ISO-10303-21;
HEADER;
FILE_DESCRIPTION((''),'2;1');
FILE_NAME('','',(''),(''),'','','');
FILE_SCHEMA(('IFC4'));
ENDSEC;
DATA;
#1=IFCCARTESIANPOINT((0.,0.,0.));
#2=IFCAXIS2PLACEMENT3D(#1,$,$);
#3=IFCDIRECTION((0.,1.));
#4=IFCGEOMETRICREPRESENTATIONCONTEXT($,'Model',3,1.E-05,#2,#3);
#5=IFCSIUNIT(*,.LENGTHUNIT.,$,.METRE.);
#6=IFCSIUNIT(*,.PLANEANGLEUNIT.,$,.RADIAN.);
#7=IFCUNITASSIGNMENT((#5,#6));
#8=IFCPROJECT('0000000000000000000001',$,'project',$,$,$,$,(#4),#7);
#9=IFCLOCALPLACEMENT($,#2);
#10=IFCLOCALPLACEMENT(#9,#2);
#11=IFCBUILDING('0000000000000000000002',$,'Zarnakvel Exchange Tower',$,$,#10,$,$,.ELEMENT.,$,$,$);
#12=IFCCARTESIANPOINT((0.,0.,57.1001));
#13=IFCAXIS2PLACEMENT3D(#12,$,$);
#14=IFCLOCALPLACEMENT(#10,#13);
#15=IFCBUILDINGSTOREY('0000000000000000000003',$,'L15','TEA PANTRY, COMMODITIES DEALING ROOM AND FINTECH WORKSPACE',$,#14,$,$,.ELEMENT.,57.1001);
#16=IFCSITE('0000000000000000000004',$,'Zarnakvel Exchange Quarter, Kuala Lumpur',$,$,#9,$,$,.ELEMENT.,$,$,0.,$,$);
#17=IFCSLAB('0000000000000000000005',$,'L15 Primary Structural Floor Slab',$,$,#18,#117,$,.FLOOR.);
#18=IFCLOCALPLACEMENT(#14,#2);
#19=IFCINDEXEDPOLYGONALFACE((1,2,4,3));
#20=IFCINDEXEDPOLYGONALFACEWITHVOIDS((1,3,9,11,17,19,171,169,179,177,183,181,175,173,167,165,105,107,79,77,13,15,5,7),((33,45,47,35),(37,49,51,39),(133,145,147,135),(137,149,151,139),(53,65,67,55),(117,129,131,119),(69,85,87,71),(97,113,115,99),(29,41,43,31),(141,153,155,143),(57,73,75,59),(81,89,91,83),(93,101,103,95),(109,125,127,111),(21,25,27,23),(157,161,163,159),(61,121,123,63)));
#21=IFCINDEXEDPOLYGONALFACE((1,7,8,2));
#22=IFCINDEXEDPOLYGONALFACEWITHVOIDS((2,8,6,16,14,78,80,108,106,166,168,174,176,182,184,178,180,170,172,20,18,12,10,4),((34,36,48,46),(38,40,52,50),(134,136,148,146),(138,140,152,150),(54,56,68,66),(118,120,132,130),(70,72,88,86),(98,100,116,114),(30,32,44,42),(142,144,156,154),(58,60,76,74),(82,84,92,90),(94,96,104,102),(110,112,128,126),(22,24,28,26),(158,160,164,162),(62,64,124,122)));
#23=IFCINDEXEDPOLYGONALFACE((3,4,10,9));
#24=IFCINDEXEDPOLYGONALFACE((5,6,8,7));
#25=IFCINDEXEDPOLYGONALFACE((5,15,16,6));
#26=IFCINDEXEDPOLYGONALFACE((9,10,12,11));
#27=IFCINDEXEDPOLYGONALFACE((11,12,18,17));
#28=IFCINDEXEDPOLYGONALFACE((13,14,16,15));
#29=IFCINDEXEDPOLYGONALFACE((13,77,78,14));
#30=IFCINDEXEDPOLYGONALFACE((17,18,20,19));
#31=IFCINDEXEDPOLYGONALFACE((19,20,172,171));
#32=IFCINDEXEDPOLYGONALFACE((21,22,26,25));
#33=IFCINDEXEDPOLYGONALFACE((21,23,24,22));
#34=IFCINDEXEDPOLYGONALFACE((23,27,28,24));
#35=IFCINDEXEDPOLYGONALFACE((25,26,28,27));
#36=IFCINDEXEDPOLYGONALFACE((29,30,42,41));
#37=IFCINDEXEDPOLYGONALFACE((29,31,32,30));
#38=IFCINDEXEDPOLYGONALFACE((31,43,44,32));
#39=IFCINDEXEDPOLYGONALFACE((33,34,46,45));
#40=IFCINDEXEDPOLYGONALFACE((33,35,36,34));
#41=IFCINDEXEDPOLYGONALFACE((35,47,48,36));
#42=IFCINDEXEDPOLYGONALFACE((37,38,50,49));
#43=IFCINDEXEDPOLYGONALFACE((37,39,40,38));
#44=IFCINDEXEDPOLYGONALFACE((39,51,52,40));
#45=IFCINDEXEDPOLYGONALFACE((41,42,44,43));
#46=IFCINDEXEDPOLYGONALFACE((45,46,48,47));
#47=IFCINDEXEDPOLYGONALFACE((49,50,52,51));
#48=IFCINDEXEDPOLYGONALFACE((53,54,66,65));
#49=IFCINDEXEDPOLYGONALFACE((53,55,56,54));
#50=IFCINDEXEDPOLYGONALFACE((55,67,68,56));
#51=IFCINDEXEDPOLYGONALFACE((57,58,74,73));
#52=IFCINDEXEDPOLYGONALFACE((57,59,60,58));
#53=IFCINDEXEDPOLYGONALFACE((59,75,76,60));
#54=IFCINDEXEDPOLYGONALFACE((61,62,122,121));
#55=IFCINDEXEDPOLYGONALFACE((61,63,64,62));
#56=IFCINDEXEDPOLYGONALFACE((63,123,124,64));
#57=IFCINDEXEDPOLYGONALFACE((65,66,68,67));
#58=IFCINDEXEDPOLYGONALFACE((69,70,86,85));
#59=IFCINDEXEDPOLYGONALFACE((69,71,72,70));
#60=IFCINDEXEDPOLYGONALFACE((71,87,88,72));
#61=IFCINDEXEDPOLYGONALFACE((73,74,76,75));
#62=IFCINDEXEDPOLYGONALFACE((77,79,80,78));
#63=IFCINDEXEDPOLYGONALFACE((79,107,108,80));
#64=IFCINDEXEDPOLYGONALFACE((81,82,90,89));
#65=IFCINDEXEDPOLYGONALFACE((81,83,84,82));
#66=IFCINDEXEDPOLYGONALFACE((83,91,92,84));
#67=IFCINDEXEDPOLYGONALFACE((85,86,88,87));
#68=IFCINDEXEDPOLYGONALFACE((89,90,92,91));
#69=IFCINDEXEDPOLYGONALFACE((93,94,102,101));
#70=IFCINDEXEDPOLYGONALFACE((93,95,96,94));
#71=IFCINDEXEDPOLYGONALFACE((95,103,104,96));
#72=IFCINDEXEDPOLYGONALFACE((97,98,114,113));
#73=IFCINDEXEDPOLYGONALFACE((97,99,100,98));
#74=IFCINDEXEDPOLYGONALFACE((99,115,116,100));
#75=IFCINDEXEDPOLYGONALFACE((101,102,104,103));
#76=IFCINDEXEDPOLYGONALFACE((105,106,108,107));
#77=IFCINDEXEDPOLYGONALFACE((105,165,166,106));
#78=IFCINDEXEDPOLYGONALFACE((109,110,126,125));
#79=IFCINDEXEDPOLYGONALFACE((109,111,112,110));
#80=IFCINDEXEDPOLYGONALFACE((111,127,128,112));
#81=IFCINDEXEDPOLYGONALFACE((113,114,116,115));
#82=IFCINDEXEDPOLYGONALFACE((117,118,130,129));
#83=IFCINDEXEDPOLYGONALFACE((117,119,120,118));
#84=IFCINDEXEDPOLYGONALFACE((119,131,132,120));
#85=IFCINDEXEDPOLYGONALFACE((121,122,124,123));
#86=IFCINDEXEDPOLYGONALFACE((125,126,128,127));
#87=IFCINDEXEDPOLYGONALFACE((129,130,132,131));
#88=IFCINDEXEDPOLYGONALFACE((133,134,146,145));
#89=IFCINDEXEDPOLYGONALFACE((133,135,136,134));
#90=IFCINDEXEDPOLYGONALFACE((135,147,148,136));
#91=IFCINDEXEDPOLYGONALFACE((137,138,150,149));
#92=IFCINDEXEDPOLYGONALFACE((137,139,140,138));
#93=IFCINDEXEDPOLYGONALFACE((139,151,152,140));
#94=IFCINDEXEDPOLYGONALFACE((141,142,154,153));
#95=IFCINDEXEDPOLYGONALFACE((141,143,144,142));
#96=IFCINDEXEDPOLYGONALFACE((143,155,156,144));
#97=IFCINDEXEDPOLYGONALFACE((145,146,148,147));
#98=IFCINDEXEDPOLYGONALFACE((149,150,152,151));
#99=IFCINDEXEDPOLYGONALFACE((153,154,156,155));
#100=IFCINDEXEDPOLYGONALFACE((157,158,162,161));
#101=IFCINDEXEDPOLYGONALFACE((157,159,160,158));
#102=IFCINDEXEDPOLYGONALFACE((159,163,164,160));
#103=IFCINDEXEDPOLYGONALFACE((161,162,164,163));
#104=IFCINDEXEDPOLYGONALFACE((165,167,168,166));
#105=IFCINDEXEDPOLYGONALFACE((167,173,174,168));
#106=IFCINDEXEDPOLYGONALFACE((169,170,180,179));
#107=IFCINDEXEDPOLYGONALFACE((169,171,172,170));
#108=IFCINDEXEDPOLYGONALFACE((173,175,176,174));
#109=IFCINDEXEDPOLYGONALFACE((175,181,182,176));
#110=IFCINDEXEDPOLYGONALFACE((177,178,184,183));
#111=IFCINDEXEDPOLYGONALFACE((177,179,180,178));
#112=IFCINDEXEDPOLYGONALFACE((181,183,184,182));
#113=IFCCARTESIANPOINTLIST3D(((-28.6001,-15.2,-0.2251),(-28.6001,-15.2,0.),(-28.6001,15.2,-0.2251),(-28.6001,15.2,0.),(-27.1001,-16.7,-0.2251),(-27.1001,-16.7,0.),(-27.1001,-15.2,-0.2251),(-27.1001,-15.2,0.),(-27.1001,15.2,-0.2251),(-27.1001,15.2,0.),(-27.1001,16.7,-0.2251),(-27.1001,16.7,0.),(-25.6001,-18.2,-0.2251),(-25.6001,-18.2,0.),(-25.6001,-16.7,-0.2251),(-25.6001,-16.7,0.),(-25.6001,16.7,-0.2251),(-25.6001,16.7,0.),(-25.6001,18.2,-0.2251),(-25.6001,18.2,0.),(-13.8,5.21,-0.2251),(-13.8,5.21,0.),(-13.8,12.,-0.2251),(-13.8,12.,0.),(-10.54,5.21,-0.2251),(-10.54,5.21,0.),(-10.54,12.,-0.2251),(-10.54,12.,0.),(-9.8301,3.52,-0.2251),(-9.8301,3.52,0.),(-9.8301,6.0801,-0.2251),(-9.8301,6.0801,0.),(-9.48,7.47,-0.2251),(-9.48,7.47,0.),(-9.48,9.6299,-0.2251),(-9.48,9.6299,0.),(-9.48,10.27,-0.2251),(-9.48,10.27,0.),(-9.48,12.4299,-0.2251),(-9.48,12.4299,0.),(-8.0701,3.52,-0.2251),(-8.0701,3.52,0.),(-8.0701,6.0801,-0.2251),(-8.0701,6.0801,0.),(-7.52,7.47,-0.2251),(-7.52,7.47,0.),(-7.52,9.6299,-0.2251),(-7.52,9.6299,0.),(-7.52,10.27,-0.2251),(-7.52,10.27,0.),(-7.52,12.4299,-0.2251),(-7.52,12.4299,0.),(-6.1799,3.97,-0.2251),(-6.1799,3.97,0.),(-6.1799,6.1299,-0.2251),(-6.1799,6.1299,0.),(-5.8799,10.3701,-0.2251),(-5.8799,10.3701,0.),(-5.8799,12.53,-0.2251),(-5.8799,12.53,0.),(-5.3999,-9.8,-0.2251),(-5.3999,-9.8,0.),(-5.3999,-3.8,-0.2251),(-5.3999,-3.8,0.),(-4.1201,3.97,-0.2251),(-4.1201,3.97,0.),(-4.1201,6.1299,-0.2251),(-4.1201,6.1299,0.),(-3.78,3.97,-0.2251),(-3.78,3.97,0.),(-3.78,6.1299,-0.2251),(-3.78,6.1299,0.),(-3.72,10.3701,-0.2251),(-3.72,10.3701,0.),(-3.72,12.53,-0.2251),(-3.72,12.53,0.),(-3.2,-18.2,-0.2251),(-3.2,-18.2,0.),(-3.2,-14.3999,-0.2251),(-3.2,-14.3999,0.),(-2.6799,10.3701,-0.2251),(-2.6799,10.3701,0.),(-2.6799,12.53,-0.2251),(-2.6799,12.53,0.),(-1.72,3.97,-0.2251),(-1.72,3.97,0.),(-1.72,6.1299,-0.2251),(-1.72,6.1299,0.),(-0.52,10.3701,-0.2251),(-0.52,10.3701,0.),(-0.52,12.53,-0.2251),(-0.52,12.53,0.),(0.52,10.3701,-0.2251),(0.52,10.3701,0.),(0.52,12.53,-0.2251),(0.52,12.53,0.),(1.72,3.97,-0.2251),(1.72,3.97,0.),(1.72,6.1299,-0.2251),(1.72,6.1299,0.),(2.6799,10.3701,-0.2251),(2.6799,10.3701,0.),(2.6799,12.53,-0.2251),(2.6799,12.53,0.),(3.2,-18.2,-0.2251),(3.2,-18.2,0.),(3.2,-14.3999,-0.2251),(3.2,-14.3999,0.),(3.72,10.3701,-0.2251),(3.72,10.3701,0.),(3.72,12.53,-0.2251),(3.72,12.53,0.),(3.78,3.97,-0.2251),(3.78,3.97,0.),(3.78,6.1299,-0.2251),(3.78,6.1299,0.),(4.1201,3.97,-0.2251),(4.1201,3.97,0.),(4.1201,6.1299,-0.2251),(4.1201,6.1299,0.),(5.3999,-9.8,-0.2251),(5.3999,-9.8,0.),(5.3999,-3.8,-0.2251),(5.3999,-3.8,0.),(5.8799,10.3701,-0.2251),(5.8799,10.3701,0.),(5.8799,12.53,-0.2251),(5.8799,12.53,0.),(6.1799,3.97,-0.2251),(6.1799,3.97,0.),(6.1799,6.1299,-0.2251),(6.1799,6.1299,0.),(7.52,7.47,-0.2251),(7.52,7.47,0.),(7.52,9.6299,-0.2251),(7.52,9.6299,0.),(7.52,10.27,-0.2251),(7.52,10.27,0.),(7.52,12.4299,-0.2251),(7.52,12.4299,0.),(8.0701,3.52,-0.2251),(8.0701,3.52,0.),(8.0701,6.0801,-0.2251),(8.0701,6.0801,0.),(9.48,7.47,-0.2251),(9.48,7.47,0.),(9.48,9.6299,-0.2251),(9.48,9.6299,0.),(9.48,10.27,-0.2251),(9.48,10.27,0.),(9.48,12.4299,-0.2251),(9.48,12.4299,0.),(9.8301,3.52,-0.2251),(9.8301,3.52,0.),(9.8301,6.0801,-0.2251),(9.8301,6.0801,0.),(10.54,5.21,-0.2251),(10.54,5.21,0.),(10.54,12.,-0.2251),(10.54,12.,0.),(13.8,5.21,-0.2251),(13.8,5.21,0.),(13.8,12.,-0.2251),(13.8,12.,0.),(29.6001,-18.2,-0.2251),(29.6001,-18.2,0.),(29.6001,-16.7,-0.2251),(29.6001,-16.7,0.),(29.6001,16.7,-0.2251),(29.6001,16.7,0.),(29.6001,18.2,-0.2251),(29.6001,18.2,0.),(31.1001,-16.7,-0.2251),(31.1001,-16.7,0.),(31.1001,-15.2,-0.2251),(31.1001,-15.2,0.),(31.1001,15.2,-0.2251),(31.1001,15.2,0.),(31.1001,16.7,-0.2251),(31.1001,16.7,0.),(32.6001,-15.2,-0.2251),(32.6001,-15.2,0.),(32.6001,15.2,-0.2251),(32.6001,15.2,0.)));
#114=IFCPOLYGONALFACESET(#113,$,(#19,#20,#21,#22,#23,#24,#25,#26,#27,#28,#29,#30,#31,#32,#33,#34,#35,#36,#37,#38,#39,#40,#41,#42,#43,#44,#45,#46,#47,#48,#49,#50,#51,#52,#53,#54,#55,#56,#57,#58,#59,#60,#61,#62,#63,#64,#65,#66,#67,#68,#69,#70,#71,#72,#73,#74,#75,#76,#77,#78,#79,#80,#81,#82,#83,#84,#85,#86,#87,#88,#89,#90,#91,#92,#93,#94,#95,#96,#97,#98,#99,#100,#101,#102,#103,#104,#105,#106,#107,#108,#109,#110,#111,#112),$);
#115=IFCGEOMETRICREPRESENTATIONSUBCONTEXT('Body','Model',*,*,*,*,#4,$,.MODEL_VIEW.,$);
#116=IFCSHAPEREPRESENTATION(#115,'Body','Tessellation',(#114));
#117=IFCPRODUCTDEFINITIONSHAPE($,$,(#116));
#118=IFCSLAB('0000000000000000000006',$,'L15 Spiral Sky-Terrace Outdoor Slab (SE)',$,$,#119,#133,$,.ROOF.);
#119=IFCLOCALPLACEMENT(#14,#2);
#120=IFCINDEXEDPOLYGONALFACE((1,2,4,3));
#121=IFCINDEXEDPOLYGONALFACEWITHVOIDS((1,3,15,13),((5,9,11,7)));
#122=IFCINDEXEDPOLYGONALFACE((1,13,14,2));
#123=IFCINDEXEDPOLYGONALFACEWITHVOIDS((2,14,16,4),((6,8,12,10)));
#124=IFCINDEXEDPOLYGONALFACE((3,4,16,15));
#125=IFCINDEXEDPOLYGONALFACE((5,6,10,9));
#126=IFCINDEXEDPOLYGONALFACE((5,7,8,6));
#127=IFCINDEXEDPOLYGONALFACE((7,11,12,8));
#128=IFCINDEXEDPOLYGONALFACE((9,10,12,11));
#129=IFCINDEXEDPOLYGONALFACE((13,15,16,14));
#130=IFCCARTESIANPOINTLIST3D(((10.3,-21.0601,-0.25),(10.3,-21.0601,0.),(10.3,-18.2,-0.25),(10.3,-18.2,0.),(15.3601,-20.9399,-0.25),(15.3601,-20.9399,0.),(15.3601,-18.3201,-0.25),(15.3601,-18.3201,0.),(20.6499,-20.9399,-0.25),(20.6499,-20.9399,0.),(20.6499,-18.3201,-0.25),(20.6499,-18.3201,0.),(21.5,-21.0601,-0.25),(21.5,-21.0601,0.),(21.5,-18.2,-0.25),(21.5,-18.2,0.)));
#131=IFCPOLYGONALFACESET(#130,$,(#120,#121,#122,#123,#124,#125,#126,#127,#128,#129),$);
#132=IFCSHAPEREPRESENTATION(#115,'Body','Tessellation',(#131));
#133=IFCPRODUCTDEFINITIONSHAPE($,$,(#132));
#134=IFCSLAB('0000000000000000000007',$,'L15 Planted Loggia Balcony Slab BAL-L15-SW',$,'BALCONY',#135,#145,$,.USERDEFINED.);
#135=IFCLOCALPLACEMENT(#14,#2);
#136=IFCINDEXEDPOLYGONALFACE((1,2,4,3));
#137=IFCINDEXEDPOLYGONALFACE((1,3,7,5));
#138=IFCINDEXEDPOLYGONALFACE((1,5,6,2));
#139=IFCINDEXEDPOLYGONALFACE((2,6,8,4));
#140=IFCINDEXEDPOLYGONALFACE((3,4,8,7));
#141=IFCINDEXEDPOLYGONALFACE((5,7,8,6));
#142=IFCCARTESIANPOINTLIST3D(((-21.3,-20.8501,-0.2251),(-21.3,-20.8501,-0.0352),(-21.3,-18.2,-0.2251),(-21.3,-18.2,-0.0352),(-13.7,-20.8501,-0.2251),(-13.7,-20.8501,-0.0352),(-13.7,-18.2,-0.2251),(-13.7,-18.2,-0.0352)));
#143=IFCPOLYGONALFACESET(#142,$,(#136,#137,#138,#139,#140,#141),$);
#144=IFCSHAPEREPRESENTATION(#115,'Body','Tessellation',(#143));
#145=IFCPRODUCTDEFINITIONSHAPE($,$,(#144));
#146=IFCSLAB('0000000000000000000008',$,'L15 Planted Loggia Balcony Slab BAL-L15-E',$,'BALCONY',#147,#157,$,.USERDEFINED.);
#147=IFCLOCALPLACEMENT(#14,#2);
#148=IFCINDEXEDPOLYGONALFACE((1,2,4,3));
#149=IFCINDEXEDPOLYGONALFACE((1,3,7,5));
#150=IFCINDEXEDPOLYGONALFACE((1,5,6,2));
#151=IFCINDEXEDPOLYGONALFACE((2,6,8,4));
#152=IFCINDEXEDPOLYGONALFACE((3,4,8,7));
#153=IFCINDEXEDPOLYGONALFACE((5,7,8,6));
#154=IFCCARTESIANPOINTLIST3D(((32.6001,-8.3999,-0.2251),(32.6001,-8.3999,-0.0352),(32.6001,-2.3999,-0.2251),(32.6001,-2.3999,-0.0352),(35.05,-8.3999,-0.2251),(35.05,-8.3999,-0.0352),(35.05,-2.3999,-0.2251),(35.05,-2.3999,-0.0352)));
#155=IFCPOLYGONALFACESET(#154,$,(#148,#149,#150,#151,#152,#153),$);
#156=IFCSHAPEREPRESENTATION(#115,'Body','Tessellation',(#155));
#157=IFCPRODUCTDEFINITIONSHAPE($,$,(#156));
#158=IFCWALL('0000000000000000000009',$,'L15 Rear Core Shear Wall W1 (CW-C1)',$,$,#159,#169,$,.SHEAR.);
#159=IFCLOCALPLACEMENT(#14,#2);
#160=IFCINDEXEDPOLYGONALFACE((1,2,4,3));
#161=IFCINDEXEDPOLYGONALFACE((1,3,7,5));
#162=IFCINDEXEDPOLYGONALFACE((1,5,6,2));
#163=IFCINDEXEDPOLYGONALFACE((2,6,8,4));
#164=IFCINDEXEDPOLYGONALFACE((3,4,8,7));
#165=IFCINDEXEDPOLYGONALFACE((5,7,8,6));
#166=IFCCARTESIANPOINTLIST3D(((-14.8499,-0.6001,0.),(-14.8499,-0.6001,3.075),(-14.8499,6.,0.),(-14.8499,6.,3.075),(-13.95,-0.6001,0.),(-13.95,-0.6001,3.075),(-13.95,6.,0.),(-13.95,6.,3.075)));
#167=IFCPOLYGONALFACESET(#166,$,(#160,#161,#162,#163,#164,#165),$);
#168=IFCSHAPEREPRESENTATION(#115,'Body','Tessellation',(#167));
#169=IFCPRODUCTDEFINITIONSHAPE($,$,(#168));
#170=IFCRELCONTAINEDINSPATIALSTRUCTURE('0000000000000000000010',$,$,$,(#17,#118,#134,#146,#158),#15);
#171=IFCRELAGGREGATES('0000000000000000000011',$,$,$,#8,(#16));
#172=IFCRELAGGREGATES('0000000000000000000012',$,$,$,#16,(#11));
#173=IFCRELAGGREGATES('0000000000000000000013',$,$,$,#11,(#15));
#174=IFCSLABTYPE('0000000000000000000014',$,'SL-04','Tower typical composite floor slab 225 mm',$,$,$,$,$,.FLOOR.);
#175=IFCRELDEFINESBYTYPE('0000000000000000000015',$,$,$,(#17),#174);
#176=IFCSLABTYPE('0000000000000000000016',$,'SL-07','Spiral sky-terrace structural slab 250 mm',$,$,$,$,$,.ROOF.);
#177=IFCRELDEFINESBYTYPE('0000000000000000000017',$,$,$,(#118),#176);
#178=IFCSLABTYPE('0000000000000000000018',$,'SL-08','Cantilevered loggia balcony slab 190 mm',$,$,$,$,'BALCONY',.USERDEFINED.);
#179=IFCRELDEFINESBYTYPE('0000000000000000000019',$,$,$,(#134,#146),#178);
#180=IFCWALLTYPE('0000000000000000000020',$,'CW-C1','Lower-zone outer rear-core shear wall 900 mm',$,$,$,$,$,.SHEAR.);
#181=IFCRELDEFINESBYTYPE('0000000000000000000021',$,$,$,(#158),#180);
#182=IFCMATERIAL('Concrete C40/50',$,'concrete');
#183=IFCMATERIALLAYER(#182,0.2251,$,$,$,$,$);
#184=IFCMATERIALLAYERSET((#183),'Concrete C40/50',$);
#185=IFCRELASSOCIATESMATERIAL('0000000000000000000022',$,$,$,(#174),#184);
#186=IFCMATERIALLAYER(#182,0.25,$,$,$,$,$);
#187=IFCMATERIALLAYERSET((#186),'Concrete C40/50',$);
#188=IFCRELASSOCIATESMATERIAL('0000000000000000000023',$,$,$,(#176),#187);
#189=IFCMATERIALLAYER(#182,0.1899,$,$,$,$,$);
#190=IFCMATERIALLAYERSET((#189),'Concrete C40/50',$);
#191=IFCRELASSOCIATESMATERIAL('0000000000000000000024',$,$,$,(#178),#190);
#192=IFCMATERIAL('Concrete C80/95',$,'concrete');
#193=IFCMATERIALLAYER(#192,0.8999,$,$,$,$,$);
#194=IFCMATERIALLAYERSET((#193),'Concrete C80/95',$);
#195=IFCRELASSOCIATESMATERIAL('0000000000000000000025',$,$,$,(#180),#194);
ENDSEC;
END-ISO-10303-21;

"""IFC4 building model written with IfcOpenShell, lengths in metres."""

from ifc_helpers import new_model, si_unit, direction, frame, frame_2d, origin, place, context, subcontext, project, spatial, polyline, rectangle, outline, extrude, material, layer, layer_set, type_object, element, save


model = new_model("IFC4")

# Units and contexts
model_context = context("Model", 3, precision=1e-05, world=origin(), true_north=direction((0.0, 1.0)))
body_context = subcontext(model_context, "Body", "Model", "MODEL_VIEW")
ifc_project = project(units=[si_unit("LENGTHUNIT", "METRE"), si_unit("PLANEANGLEUNIT", "RADIAN")], contexts=[model_context])

# Site, building, storey
site_placement = place(None, origin())
site = spatial("IfcSite", under=ifc_project, at=site_placement, Name="Zarnakvel Exchange Quarter, Kuala Lumpur", CompositionType="ELEMENT", RefElevation=0.0)
building_placement = place(site_placement, origin())
building = spatial("IfcBuilding", under=site, at=building_placement, Name="Zarnakvel Exchange Tower", CompositionType="ELEMENT")
storey_placement = place(building_placement, frame((0.0, 0.0, 57.1001)))
storey = spatial("IfcBuildingStorey", under=building, at=storey_placement, Name="L15", Description="TEA PANTRY, COMMODITIES DEALING ROOM AND FINTECH WORKSPACE", CompositionType="ELEMENT", Elevation=57.1001)

# Shared definitions
ifc_material_1 = material(Name="Concrete C80/95", Category="concrete")

# Shared definitions
ifc_material_2 = material(Name="Concrete C40/50", Category="concrete")

# Slabs
ifc_layer_1 = layer(ifc_material_2, 0.2251)
ifc_layer_set_1 = layer_set([ifc_layer_1], Name="Concrete C40/50")
slab_type_1 = type_object("IfcSlabType", Name="SL-04", Description="Tower typical composite floor slab 225 mm", PredefinedType="FLOOR", material=ifc_layer_set_1)
slab_1_placement = place(storey_placement, frame((0.0, 0.0, -0.2251)))
element("IfcSlab", 1, at=slab_1_placement, inside=storey, type_object=slab_type_1, Name="L15 Primary Structural Floor Slab", PredefinedType="FLOOR", context=body_context, shape_type="SweptSolid", body=[
    extrude(outline(polyline([(-28.6001, -15.2), (-27.1001, -15.2), (-27.1001, -16.7), (-25.6001, -16.7), (-25.6001, -18.2), (-3.2, -18.2), (-3.2, -14.3999), (3.2, -14.3999), (3.2, -18.2), (29.6001, -18.2), (29.6001, -16.7), (31.1001, -16.7), (31.1001, -15.2), (32.6001, -15.2), (32.6001, 15.2), (31.1001, 15.2), (31.1001, 16.7), (29.6001, 16.7), (29.6001, 18.2), (-25.6001, 18.2), (-25.6001, 16.7), (-27.1001, 16.7), (-27.1001, 15.2), (-28.6001, 15.2), (-28.6001, -15.2)]), holes=[polyline([(-5.3999, -9.8), (5.3999, -9.8), (5.3999, -3.8), (-5.3999, -3.8), (-5.3999, -9.8)]), polyline([(-13.8, 5.21), (-10.54, 5.21), (-10.54, 12.0), (-13.8, 12.0), (-13.8, 5.21)]), polyline([(10.54, 5.21), (13.8, 5.21), (13.8, 12.0), (10.54, 12.0), (10.54, 5.21)]), polyline([(-9.8301, 3.52), (-8.0701, 3.52), (-8.0701, 6.0801), (-9.8301, 6.0801), (-9.8301, 3.52)]), polyline([(8.0701, 3.52), (9.8301, 3.52), (9.8301, 6.0801), (8.0701, 6.0801), (8.0701, 3.52)]), polyline([(-5.8799, 10.3701), (-3.72, 10.3701), (-3.72, 12.53), (-5.8799, 12.53), (-5.8799, 10.3701)]), polyline([(-2.6799, 10.3701), (-0.52, 10.3701), (-0.52, 12.53), (-2.6799, 12.53), (-2.6799, 10.3701)]), polyline([(0.52, 10.3701), (2.6799, 10.3701), (2.6799, 12.53), (0.52, 12.53), (0.52, 10.3701)]), polyline([(3.72, 10.3701), (5.8799, 10.3701), (5.8799, 12.53), (3.72, 12.53), (3.72, 10.3701)]), polyline([(-6.1799, 3.97), (-4.1201, 3.97), (-4.1201, 6.1299), (-6.1799, 6.1299), (-6.1799, 3.97)]), polyline([(-3.78, 3.97), (-1.72, 3.97), (-1.72, 6.1299), (-3.78, 6.1299), (-3.78, 3.97)]), polyline([(1.72, 3.97), (3.78, 3.97), (3.78, 6.1299), (1.72, 6.1299), (1.72, 3.97)]), polyline([(4.1201, 3.97), (6.1799, 3.97), (6.1799, 6.1299), (4.1201, 6.1299), (4.1201, 3.97)]), polyline([(-9.48, 7.47), (-7.52, 7.47), (-7.52, 9.6299), (-9.48, 9.6299), (-9.48, 7.47)]), polyline([(-9.48, 10.27), (-7.52, 10.27), (-7.52, 12.4299), (-9.48, 12.4299), (-9.48, 10.27)]), polyline([(7.52, 7.47), (9.48, 7.47), (9.48, 9.6299), (7.52, 9.6299), (7.52, 7.47)]), polyline([(7.52, 10.27), (9.48, 10.27), (9.48, 12.4299), (7.52, 12.4299), (7.52, 10.27)])]), origin(), (0.0, 0.0, 1.0), 0.2251),
])
ifc_layer_2 = layer(ifc_material_2, 0.25)
ifc_layer_set_2 = layer_set([ifc_layer_2], Name="Concrete C40/50")
slab_type_2 = type_object("IfcSlabType", Name="SL-07", Description="Spiral sky-terrace structural slab 250 mm", PredefinedType="ROOF", material=ifc_layer_set_2)
slab_2_placement = place(storey_placement, frame((0.0, 0.0, -0.25)))
element("IfcSlab", 2, at=slab_2_placement, inside=storey, type_object=slab_type_2, Name="L15 Spiral Sky-Terrace Outdoor Slab (SE)", PredefinedType="ROOF", context=body_context, shape_type="SweptSolid", body=[
    extrude(outline(polyline([(10.3, -21.0601), (21.5, -21.0601), (21.5, -18.2), (10.3, -18.2), (10.3, -21.0601)]), holes=[polyline([(15.3601, -20.9399), (20.6499, -20.9399), (20.6499, -18.3201), (15.3601, -18.3201), (15.3601, -20.9399)])]), origin(), (0.0, 0.0, 1.0), 0.25),
])
ifc_layer_3 = layer(ifc_material_2, 0.1899)
ifc_layer_set_3 = layer_set([ifc_layer_3], Name="Concrete C40/50")
slab_type_3 = type_object("IfcSlabType", Name="SL-08", Description="Cantilevered loggia balcony slab 190 mm", ElementType="BALCONY", PredefinedType="USERDEFINED", material=ifc_layer_set_3)
slab_3_placement = place(storey_placement, frame((0.0, 0.0, -0.2251)))
element("IfcSlab", 3, at=slab_3_placement, inside=storey, type_object=slab_type_3, Name="L15 Planted Loggia Balcony Slab BAL-L15-SW", ObjectType="BALCONY", PredefinedType="USERDEFINED", context=body_context, shape_type="SweptSolid", body=[
    extrude(outline(polyline([(-21.3, -20.8501), (-13.7, -20.8501), (-13.7, -18.2), (-21.3, -18.2), (-21.3, -20.8501)])), origin(), (0.0, 0.0, 1.0), 0.1899),
])
slab_4_placement = place(storey_placement, frame((0.0, 0.0, -0.2251)))
element("IfcSlab", 4, at=slab_4_placement, inside=storey, type_object=slab_type_3, Name="L15 Planted Loggia Balcony Slab BAL-L15-E", ObjectType="BALCONY", PredefinedType="USERDEFINED", context=body_context, shape_type="SweptSolid", body=[
    extrude(outline(polyline([(32.6001, -8.3999), (35.05, -8.3999), (35.05, -2.3999), (32.6001, -2.3999), (32.6001, -8.3999)])), origin(), (0.0, 0.0, 1.0), 0.1899),
])

# Wall
ifc_layer_4 = layer(ifc_material_1, 0.8999)
ifc_layer_set_4 = layer_set([ifc_layer_4], Name="Concrete C80/95")
wall_type_1 = type_object("IfcWallType", Name="CW-C1", Description="Lower-zone outer rear-core shear wall 900 mm", PredefinedType="SHEAR", material=ifc_layer_set_4)
wall_1_placement = place(storey_placement, frame((-14.3999, -0.6001, 0.0), z_axis=(0.0, 0.0, 1.0), x_axis=(0.0, 1.0, 0.0)))
element("IfcWall", 5, at=wall_1_placement, inside=storey, type_object=wall_type_1, Name="L15 Rear Core Shear Wall W1 (CW-C1)", PredefinedType="SHEAR", context=body_context, shape_type="SweptSolid", body=[
    extrude(rectangle(XDim=6.6001, YDim=0.8999, at=frame_2d((3.3, 0.0))), origin(), (0.0, 0.0, 1.0), 3.075),
])

save(model, "model.ifc")
